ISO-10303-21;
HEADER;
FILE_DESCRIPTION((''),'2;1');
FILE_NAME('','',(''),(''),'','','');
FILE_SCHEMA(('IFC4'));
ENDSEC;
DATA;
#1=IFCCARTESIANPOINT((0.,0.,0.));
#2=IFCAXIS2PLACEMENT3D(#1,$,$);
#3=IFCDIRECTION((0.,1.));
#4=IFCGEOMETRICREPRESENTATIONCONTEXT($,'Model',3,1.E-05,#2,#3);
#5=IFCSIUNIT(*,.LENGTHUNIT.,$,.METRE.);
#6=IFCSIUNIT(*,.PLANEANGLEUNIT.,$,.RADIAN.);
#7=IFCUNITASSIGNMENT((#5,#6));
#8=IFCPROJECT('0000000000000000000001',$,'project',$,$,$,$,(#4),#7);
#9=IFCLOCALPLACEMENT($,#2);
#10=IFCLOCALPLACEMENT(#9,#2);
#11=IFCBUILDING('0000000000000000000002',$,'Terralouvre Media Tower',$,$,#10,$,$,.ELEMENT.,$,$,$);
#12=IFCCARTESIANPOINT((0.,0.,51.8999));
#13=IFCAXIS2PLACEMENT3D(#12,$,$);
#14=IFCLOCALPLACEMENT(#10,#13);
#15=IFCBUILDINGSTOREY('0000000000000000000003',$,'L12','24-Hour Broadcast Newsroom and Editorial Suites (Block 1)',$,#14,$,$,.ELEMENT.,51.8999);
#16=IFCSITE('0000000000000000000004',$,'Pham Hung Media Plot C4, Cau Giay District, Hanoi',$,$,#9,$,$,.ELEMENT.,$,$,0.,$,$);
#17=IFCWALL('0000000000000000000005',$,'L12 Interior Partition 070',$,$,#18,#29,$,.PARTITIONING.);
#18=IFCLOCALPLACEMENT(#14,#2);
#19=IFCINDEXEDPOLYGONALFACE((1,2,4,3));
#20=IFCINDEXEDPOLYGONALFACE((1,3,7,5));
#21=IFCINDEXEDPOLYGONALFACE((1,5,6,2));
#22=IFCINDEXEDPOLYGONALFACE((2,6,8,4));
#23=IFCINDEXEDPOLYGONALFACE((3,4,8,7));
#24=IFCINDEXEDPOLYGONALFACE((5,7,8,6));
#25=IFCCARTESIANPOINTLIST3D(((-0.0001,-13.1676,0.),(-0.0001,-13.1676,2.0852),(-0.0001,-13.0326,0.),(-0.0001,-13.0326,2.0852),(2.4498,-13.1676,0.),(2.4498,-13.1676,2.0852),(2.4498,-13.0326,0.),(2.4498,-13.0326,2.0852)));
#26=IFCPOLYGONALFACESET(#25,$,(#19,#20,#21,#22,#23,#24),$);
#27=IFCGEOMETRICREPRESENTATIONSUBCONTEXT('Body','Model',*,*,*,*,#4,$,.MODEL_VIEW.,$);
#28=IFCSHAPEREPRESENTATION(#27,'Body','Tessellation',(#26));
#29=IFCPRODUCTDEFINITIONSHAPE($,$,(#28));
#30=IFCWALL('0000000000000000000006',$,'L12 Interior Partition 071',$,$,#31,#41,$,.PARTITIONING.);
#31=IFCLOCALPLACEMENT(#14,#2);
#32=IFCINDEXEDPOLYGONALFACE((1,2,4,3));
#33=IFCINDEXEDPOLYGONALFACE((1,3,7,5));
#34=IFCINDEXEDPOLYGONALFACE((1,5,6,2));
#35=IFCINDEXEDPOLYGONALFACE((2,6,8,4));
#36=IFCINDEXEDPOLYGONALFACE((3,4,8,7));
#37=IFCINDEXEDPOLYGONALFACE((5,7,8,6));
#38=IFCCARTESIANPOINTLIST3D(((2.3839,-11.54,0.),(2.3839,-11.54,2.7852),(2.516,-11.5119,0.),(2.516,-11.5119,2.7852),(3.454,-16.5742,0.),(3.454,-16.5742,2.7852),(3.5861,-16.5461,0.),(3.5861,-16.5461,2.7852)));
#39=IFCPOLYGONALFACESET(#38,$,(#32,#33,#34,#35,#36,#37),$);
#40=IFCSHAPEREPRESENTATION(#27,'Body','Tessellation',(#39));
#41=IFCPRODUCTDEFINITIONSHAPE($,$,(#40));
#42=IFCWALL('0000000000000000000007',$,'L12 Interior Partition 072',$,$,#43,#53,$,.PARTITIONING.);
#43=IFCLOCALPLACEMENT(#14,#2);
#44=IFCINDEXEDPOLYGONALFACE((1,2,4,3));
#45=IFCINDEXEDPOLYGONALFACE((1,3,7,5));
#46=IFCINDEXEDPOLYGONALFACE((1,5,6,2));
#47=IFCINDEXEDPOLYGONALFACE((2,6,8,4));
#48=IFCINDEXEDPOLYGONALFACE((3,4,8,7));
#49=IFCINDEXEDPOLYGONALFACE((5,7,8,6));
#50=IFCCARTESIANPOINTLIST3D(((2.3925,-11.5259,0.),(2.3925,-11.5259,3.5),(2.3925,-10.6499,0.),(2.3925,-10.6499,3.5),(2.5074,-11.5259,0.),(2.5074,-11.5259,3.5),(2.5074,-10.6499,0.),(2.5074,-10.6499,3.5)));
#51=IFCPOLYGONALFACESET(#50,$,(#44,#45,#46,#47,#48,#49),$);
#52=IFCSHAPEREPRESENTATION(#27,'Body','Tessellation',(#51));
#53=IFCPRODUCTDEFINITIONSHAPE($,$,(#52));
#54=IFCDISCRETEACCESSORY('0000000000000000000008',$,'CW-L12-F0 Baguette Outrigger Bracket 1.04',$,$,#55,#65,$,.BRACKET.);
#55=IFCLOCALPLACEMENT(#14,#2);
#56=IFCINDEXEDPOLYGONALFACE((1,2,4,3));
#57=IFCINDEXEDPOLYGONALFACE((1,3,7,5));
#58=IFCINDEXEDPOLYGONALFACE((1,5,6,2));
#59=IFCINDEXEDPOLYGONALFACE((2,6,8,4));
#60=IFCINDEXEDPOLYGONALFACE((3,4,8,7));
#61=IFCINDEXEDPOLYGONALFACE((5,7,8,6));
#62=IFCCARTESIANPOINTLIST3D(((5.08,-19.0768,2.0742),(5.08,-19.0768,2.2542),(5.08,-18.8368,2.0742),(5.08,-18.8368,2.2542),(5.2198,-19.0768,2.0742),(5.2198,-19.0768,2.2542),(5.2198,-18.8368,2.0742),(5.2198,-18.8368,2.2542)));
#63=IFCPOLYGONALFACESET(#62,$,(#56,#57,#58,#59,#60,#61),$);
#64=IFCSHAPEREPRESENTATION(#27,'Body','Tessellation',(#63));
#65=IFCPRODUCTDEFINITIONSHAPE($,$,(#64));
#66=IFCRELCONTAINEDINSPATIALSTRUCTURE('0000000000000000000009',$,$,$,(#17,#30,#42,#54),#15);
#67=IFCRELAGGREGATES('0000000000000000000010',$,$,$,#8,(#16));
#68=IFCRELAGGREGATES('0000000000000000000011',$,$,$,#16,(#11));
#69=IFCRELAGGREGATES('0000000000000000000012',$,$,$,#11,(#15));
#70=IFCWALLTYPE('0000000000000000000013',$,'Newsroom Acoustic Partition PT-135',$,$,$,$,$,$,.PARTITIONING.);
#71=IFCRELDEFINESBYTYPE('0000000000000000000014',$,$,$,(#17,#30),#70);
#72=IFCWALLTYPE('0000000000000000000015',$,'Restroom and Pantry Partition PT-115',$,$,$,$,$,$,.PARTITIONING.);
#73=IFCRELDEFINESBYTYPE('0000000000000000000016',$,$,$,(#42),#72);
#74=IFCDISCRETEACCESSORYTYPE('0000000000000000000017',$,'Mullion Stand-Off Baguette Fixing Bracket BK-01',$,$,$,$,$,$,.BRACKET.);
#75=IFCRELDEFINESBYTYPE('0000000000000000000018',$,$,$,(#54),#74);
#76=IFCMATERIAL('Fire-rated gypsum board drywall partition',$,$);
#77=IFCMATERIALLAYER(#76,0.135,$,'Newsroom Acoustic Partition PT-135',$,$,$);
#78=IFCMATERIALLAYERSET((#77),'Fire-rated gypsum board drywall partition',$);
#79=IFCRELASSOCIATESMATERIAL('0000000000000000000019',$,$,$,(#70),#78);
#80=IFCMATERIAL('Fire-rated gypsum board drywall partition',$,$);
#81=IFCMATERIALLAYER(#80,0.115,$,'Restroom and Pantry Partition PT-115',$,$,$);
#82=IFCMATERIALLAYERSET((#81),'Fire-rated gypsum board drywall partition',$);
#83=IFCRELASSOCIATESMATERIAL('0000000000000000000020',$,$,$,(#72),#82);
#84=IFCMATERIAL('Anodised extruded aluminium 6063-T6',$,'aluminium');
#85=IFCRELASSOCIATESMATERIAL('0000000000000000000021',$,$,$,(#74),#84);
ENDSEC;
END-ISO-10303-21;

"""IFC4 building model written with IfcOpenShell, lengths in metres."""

from ifc_helpers import new_model, si_unit, direction, frame, frame_2d, origin, origin_2d, place, context, subcontext, project, spatial, rectangle, extrude, material, layer, layer_set, type_object, element, save


model = new_model("IFC4")

# Units and contexts
model_context = context("Model", 3, precision=1e-05, world=origin(), true_north=direction((0.0, 1.0)))
body_context = subcontext(model_context, "Body", "Model", "MODEL_VIEW")
ifc_project = project(units=[si_unit("LENGTHUNIT", "METRE"), si_unit("PLANEANGLEUNIT", "RADIAN")], contexts=[model_context])

# Site, building, storey
site_placement = place(None, origin())
site = spatial("IfcSite", under=ifc_project, at=site_placement, Name="Pham Hung Media Plot C4, Cau Giay District, Hanoi", CompositionType="ELEMENT", RefElevation=0.0)
building_placement = place(site_placement, origin())
building = spatial("IfcBuilding", under=site, at=building_placement, Name="Terralouvre Media Tower", CompositionType="ELEMENT")
storey_placement = place(building_placement, frame((0.0, 0.0, 51.8999)))
storey = spatial("IfcBuildingStorey", under=building, at=storey_placement, Name="L12", Description="24-Hour Broadcast Newsroom and Editorial Suites (Block 1)", CompositionType="ELEMENT", Elevation=51.8999)

# Shared definitions
ifc_material_1 = material(Name="Fire-rated gypsum board drywall partition")
ifc_layer_1 = layer(ifc_material_1, 0.135, Name="Newsroom Acoustic Partition PT-135")
ifc_layer_set_1 = layer_set([ifc_layer_1], Name="Fire-rated gypsum board drywall partition")
wall_type_1 = type_object("IfcWallType", Name="Newsroom Acoustic Partition PT-135", PredefinedType="PARTITIONING", material=ifc_layer_set_1)

# Walls
wall_1_placement = place(storey_placement, frame((2.45, -13.1001, 0.0), z_axis=(0.0, 0.0, 1.0), x_axis=(-1.0, 0.0, 0.0)))
element("IfcWall", 1, at=wall_1_placement, inside=storey, type_object=wall_type_1, Name="L12 Interior Partition 070", PredefinedType="PARTITIONING", context=body_context, shape_type="SweptSolid", body=[
    extrude(rectangle(XDim=2.45, YDim=0.135, at=frame_2d((1.2251, 0.0))), origin(), (0.0, 0.0, 1.0), 2.0852),
])
wall_2_placement = place(storey_placement, frame((3.52, -16.5601, 0.0), z_axis=(0.0, 0.0, 1.0), x_axis=(-0.207915, 0.978147, 0.0)))
element("IfcWall", 2, at=wall_2_placement, inside=storey, type_object=wall_type_1, Name="L12 Interior Partition 071", PredefinedType="PARTITIONING", context=body_context, shape_type="SweptSolid", body=[
    extrude(rectangle(XDim=5.1467, YDim=0.135, at=frame_2d((2.5732, 0.0))), origin(), (0.0, 0.0, 1.0), 2.7852),
])
ifc_material_2 = material(Name="Fire-rated gypsum board drywall partition")
ifc_layer_2 = layer(ifc_material_2, 0.115, Name="Restroom and Pantry Partition PT-115")
ifc_layer_set_2 = layer_set([ifc_layer_2], Name="Fire-rated gypsum board drywall partition")
wall_type_2 = type_object("IfcWallType", Name="Restroom and Pantry Partition PT-115", PredefinedType="PARTITIONING", material=ifc_layer_set_2)
wall_3_placement = place(storey_placement, frame((2.45, -11.5259, 0.0), z_axis=(0.0, 0.0, 1.0), x_axis=(0.0, 1.0, 0.0)))
element("IfcWall", 3, at=wall_3_placement, inside=storey, type_object=wall_type_2, Name="L12 Interior Partition 072", PredefinedType="PARTITIONING", context=body_context, shape_type="SweptSolid", body=[
    extrude(rectangle(XDim=0.876, YDim=0.115, at=frame_2d((0.438, 0.0))), origin(), (0.0, 0.0, 1.0), 3.5),
])

# Discrete accessory
ifc_material_3 = material(Name="Anodised extruded aluminium 6063-T6", Category="aluminium")
discrete_accessory_type = type_object("IfcDiscreteAccessoryType", Name="Mullion Stand-Off Baguette Fixing Bracket BK-01", PredefinedType="BRACKET", material=ifc_material_3)
discrete_accessory_placement = place(storey_placement, frame((5.1499, -18.9568, 2.0742), z_axis=(0.0, 0.0, 1.0), x_axis=(1.0, 0.0, 0.0)))
element("IfcDiscreteAccessory", 4, at=discrete_accessory_placement, inside=storey, type_object=discrete_accessory_type, Name="CW-L12-F0 Baguette Outrigger Bracket 1.04", PredefinedType="BRACKET", context=body_context, shape_type="SweptSolid", body=[
    extrude(rectangle(XDim=0.1399, YDim=0.24, at=origin_2d()), origin(), (0.0, 0.0, 1.0), 0.1799),
])

save(model, "model.ifc")
